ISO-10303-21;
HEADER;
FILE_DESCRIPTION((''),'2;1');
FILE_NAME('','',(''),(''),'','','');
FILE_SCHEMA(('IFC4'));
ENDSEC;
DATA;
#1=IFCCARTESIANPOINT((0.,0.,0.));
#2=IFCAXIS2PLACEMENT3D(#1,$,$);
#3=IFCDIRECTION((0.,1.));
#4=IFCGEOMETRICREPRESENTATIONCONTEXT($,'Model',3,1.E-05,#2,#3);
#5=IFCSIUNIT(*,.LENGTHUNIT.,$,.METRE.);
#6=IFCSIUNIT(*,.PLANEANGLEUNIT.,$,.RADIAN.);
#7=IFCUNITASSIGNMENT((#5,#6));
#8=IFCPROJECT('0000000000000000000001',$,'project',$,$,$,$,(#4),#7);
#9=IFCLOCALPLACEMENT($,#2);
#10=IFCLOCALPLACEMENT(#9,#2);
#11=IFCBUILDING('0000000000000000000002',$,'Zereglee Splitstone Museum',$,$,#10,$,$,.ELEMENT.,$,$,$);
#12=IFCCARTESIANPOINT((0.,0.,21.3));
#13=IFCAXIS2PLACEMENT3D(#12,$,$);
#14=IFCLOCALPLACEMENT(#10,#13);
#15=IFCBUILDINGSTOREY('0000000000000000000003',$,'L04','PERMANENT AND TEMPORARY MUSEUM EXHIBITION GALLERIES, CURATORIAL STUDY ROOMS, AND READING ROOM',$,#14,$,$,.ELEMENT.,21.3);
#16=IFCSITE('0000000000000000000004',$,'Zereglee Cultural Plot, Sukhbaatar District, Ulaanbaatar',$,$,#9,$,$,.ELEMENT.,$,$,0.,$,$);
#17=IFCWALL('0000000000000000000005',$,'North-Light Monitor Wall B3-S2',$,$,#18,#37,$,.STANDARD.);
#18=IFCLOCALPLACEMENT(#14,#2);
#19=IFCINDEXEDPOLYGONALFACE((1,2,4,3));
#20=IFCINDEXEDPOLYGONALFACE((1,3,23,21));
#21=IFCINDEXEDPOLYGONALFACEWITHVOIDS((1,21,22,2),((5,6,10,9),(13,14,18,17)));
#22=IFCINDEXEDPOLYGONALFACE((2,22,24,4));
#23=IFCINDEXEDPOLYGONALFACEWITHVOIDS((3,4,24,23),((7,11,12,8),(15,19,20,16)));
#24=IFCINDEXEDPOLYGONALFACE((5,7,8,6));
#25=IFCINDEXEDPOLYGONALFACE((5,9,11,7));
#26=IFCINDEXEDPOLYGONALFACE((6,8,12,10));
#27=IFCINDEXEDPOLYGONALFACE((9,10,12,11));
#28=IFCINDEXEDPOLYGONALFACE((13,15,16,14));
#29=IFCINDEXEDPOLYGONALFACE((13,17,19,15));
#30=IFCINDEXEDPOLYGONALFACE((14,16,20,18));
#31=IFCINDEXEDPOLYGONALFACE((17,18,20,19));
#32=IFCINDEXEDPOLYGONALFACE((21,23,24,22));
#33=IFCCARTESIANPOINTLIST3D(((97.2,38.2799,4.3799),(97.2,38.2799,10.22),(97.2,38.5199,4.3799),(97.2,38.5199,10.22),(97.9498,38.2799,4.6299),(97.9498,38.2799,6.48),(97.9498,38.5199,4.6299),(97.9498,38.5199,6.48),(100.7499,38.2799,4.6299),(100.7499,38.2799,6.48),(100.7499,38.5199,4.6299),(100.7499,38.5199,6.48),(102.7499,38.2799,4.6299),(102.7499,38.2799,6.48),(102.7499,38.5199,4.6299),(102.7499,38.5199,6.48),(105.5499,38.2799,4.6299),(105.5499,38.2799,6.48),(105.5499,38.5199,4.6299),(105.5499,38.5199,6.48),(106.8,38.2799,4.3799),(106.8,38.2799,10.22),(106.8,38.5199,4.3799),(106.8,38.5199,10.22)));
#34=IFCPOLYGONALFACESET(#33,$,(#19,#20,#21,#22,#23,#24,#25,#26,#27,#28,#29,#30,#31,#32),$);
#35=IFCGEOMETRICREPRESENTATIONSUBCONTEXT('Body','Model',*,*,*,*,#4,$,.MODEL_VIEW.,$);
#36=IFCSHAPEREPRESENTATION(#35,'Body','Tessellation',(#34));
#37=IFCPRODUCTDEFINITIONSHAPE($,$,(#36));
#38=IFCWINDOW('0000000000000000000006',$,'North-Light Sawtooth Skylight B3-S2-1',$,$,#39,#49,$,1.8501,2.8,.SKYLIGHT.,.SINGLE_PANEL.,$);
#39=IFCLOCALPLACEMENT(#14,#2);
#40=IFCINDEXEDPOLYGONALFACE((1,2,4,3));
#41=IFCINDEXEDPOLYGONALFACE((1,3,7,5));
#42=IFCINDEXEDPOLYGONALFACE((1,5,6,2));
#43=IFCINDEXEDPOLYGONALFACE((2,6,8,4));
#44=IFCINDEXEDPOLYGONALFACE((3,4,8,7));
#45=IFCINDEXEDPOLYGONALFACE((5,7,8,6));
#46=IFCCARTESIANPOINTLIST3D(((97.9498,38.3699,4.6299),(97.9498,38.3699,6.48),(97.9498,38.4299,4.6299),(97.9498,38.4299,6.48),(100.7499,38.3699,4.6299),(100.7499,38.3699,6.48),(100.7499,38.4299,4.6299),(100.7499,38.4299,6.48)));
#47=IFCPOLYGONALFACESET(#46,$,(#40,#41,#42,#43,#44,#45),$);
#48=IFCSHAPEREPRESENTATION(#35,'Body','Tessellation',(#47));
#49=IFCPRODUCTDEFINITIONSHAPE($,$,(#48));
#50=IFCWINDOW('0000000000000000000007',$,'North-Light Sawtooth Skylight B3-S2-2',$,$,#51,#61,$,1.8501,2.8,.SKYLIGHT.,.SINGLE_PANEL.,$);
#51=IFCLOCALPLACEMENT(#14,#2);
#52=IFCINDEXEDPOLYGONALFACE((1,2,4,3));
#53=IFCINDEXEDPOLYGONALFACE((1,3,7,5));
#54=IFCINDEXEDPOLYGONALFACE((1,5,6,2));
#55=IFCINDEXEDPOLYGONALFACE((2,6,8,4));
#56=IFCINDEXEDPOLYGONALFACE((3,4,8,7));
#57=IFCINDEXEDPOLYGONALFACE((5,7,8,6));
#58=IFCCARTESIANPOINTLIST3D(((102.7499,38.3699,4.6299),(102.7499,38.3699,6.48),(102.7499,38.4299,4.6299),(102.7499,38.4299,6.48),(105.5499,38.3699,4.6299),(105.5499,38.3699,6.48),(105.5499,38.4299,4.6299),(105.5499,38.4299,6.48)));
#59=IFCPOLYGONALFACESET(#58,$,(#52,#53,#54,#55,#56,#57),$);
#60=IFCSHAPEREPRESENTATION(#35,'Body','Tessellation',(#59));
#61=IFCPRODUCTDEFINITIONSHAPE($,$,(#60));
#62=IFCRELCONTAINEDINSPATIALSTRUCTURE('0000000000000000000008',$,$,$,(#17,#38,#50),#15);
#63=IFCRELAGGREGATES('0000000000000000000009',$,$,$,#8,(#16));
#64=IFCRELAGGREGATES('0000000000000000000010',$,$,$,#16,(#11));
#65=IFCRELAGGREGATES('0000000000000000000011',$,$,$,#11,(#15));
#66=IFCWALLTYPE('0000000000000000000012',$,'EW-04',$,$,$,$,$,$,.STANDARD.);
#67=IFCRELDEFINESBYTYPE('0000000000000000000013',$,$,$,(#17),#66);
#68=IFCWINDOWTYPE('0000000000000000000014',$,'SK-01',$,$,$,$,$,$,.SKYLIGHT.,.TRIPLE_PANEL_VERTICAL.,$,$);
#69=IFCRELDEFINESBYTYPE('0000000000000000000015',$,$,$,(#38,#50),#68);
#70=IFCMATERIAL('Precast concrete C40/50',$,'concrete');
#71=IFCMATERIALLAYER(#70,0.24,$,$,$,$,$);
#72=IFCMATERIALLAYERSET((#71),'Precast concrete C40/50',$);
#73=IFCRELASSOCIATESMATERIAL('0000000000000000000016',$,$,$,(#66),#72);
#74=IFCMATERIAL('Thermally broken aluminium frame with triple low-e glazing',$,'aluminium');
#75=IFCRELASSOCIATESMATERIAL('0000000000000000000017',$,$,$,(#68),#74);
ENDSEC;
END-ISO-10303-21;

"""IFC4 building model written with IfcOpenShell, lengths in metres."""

from ifc_helpers import new_model, si_unit, direction, frame, frame_2d, origin, place, context, subcontext, project, spatial, rectangle, extrude, material, layer, layer_set, type_object, element, fill, save


model = new_model("IFC4")

# Units and contexts
model_context = context("Model", 3, precision=1e-05, world=origin(), true_north=direction((0.0, 1.0)))
body_context = subcontext(model_context, "Body", "Model", "MODEL_VIEW")
ifc_project = project(units=[si_unit("LENGTHUNIT", "METRE"), si_unit("PLANEANGLEUNIT", "RADIAN")], contexts=[model_context])

# Site, building, storey
site_placement = place(None, origin())
site = spatial("IfcSite", under=ifc_project, at=site_placement, Name="Zereglee Cultural Plot, Sukhbaatar District, Ulaanbaatar", CompositionType="ELEMENT", RefElevation=0.0)
building_placement = place(site_placement, origin())
building = spatial("IfcBuilding", under=site, at=building_placement, Name="Zereglee Splitstone Museum", CompositionType="ELEMENT")
storey_placement = place(building_placement, frame((0.0, 0.0, 21.3)))
storey = spatial("IfcBuildingStorey", under=building, at=storey_placement, Name="L04", Description="PERMANENT AND TEMPORARY MUSEUM EXHIBITION GALLERIES, CURATORIAL STUDY ROOMS, AND READING ROOM", CompositionType="ELEMENT", Elevation=21.3)

# Wall, openings, windows
ifc_material_1 = material(Name="Precast concrete C40/50", Category="concrete")
ifc_layer_1 = layer(ifc_material_1, 0.24)
ifc_layer_set_1 = layer_set([ifc_layer_1], Name="Precast concrete C40/50")
wall_type_1 = type_object("IfcWallType", Name="EW-04", PredefinedType="STANDARD", material=ifc_layer_set_1)
ifc_material_2 = material(Name="Thermally broken aluminium frame with triple low-e glazing", Category="aluminium")
window_type = type_object("IfcWindowType", Name="SK-01", PartitioningType="TRIPLE_PANEL_VERTICAL", PredefinedType="SKYLIGHT", material=ifc_material_2)
wall_1_placement = place(storey_placement, frame((97.2, 38.3999, 4.3799), z_axis=(0.0, 0.0, 1.0), x_axis=(1.0, 0.0, 0.0)))
wall_1 = element("IfcWall", 1, at=wall_1_placement, inside=storey, type_object=wall_type_1, Name="North-Light Monitor Wall B3-S2", PredefinedType="STANDARD", context=body_context, shape_type="SweptSolid", body=[
    extrude(rectangle(XDim=9.6001, YDim=0.24, at=frame_2d((4.8, 0.0))), origin(), (0.0, 0.0, 1.0), 5.8401),
])
opening_1_placement = place(wall_1_placement, frame((0.75, 0.0, 0.25)))
opening_1 = element("IfcOpeningElement", 2, at=opening_1_placement, cuts=wall_1, PredefinedType="OPENING", context=body_context, shape_type="SweptSolid", body=[
    extrude(rectangle(XDim=2.8, YDim=1.8501, at=frame_2d((1.3999, 0.925))), frame((0.0, 0.1348, 0.0), z_axis=(0.0, -1.0, 0.0), x_axis=(1.0, 0.0, 0.0)), (0.0, 0.0, 1.0), 0.2698),
])
opening_2_placement = place(wall_1_placement, frame((5.55, 0.0, 0.25)))
opening_2 = element("IfcOpeningElement", 3, at=opening_2_placement, cuts=wall_1, PredefinedType="OPENING", context=body_context, shape_type="SweptSolid", body=[
    extrude(rectangle(XDim=2.8, YDim=1.8501, at=frame_2d((1.3999, 0.925))), frame((0.0, 0.1348, 0.0), z_axis=(0.0, -1.0, 0.0), x_axis=(1.0, 0.0, 0.0)), (0.0, 0.0, 1.0), 0.2698),
])
window_1_placement = place(opening_1_placement, origin())
window_1 = element("IfcWindow", 4, at=window_1_placement, inside=storey, type_object=window_type, Name="North-Light Sawtooth Skylight B3-S2-1", OverallHeight=1.8501, OverallWidth=2.8, PartitioningType="SINGLE_PANEL", PredefinedType="SKYLIGHT", context=body_context, shape_type="SweptSolid", body=[
    extrude(rectangle(XDim=2.8, YDim=1.8501, at=frame_2d((1.3999, 0.925))), frame((0.0, 0.03, 0.0), z_axis=(0.0, -1.0, 0.0), x_axis=(1.0, 0.0, 0.0)), (0.0, 0.0, 1.0), 0.0601),
])
fill(opening_1, window_1)
window_2_placement = place(opening_2_placement, origin())
window_2 = element("IfcWindow", 5, at=window_2_placement, inside=storey, type_object=window_type, Name="North-Light Sawtooth Skylight B3-S2-2", OverallHeight=1.8501, OverallWidth=2.8, PartitioningType="SINGLE_PANEL", PredefinedType="SKYLIGHT", context=body_context, shape_type="SweptSolid", body=[
    extrude(rectangle(XDim=2.8, YDim=1.8501, at=frame_2d((1.3999, 0.925))), frame((0.0, 0.03, 0.0), z_axis=(0.0, -1.0, 0.0), x_axis=(1.0, 0.0, 0.0)), (0.0, 0.0, 1.0), 0.0601),
])
fill(opening_2, window_2)

save(model, "model.ifc")
